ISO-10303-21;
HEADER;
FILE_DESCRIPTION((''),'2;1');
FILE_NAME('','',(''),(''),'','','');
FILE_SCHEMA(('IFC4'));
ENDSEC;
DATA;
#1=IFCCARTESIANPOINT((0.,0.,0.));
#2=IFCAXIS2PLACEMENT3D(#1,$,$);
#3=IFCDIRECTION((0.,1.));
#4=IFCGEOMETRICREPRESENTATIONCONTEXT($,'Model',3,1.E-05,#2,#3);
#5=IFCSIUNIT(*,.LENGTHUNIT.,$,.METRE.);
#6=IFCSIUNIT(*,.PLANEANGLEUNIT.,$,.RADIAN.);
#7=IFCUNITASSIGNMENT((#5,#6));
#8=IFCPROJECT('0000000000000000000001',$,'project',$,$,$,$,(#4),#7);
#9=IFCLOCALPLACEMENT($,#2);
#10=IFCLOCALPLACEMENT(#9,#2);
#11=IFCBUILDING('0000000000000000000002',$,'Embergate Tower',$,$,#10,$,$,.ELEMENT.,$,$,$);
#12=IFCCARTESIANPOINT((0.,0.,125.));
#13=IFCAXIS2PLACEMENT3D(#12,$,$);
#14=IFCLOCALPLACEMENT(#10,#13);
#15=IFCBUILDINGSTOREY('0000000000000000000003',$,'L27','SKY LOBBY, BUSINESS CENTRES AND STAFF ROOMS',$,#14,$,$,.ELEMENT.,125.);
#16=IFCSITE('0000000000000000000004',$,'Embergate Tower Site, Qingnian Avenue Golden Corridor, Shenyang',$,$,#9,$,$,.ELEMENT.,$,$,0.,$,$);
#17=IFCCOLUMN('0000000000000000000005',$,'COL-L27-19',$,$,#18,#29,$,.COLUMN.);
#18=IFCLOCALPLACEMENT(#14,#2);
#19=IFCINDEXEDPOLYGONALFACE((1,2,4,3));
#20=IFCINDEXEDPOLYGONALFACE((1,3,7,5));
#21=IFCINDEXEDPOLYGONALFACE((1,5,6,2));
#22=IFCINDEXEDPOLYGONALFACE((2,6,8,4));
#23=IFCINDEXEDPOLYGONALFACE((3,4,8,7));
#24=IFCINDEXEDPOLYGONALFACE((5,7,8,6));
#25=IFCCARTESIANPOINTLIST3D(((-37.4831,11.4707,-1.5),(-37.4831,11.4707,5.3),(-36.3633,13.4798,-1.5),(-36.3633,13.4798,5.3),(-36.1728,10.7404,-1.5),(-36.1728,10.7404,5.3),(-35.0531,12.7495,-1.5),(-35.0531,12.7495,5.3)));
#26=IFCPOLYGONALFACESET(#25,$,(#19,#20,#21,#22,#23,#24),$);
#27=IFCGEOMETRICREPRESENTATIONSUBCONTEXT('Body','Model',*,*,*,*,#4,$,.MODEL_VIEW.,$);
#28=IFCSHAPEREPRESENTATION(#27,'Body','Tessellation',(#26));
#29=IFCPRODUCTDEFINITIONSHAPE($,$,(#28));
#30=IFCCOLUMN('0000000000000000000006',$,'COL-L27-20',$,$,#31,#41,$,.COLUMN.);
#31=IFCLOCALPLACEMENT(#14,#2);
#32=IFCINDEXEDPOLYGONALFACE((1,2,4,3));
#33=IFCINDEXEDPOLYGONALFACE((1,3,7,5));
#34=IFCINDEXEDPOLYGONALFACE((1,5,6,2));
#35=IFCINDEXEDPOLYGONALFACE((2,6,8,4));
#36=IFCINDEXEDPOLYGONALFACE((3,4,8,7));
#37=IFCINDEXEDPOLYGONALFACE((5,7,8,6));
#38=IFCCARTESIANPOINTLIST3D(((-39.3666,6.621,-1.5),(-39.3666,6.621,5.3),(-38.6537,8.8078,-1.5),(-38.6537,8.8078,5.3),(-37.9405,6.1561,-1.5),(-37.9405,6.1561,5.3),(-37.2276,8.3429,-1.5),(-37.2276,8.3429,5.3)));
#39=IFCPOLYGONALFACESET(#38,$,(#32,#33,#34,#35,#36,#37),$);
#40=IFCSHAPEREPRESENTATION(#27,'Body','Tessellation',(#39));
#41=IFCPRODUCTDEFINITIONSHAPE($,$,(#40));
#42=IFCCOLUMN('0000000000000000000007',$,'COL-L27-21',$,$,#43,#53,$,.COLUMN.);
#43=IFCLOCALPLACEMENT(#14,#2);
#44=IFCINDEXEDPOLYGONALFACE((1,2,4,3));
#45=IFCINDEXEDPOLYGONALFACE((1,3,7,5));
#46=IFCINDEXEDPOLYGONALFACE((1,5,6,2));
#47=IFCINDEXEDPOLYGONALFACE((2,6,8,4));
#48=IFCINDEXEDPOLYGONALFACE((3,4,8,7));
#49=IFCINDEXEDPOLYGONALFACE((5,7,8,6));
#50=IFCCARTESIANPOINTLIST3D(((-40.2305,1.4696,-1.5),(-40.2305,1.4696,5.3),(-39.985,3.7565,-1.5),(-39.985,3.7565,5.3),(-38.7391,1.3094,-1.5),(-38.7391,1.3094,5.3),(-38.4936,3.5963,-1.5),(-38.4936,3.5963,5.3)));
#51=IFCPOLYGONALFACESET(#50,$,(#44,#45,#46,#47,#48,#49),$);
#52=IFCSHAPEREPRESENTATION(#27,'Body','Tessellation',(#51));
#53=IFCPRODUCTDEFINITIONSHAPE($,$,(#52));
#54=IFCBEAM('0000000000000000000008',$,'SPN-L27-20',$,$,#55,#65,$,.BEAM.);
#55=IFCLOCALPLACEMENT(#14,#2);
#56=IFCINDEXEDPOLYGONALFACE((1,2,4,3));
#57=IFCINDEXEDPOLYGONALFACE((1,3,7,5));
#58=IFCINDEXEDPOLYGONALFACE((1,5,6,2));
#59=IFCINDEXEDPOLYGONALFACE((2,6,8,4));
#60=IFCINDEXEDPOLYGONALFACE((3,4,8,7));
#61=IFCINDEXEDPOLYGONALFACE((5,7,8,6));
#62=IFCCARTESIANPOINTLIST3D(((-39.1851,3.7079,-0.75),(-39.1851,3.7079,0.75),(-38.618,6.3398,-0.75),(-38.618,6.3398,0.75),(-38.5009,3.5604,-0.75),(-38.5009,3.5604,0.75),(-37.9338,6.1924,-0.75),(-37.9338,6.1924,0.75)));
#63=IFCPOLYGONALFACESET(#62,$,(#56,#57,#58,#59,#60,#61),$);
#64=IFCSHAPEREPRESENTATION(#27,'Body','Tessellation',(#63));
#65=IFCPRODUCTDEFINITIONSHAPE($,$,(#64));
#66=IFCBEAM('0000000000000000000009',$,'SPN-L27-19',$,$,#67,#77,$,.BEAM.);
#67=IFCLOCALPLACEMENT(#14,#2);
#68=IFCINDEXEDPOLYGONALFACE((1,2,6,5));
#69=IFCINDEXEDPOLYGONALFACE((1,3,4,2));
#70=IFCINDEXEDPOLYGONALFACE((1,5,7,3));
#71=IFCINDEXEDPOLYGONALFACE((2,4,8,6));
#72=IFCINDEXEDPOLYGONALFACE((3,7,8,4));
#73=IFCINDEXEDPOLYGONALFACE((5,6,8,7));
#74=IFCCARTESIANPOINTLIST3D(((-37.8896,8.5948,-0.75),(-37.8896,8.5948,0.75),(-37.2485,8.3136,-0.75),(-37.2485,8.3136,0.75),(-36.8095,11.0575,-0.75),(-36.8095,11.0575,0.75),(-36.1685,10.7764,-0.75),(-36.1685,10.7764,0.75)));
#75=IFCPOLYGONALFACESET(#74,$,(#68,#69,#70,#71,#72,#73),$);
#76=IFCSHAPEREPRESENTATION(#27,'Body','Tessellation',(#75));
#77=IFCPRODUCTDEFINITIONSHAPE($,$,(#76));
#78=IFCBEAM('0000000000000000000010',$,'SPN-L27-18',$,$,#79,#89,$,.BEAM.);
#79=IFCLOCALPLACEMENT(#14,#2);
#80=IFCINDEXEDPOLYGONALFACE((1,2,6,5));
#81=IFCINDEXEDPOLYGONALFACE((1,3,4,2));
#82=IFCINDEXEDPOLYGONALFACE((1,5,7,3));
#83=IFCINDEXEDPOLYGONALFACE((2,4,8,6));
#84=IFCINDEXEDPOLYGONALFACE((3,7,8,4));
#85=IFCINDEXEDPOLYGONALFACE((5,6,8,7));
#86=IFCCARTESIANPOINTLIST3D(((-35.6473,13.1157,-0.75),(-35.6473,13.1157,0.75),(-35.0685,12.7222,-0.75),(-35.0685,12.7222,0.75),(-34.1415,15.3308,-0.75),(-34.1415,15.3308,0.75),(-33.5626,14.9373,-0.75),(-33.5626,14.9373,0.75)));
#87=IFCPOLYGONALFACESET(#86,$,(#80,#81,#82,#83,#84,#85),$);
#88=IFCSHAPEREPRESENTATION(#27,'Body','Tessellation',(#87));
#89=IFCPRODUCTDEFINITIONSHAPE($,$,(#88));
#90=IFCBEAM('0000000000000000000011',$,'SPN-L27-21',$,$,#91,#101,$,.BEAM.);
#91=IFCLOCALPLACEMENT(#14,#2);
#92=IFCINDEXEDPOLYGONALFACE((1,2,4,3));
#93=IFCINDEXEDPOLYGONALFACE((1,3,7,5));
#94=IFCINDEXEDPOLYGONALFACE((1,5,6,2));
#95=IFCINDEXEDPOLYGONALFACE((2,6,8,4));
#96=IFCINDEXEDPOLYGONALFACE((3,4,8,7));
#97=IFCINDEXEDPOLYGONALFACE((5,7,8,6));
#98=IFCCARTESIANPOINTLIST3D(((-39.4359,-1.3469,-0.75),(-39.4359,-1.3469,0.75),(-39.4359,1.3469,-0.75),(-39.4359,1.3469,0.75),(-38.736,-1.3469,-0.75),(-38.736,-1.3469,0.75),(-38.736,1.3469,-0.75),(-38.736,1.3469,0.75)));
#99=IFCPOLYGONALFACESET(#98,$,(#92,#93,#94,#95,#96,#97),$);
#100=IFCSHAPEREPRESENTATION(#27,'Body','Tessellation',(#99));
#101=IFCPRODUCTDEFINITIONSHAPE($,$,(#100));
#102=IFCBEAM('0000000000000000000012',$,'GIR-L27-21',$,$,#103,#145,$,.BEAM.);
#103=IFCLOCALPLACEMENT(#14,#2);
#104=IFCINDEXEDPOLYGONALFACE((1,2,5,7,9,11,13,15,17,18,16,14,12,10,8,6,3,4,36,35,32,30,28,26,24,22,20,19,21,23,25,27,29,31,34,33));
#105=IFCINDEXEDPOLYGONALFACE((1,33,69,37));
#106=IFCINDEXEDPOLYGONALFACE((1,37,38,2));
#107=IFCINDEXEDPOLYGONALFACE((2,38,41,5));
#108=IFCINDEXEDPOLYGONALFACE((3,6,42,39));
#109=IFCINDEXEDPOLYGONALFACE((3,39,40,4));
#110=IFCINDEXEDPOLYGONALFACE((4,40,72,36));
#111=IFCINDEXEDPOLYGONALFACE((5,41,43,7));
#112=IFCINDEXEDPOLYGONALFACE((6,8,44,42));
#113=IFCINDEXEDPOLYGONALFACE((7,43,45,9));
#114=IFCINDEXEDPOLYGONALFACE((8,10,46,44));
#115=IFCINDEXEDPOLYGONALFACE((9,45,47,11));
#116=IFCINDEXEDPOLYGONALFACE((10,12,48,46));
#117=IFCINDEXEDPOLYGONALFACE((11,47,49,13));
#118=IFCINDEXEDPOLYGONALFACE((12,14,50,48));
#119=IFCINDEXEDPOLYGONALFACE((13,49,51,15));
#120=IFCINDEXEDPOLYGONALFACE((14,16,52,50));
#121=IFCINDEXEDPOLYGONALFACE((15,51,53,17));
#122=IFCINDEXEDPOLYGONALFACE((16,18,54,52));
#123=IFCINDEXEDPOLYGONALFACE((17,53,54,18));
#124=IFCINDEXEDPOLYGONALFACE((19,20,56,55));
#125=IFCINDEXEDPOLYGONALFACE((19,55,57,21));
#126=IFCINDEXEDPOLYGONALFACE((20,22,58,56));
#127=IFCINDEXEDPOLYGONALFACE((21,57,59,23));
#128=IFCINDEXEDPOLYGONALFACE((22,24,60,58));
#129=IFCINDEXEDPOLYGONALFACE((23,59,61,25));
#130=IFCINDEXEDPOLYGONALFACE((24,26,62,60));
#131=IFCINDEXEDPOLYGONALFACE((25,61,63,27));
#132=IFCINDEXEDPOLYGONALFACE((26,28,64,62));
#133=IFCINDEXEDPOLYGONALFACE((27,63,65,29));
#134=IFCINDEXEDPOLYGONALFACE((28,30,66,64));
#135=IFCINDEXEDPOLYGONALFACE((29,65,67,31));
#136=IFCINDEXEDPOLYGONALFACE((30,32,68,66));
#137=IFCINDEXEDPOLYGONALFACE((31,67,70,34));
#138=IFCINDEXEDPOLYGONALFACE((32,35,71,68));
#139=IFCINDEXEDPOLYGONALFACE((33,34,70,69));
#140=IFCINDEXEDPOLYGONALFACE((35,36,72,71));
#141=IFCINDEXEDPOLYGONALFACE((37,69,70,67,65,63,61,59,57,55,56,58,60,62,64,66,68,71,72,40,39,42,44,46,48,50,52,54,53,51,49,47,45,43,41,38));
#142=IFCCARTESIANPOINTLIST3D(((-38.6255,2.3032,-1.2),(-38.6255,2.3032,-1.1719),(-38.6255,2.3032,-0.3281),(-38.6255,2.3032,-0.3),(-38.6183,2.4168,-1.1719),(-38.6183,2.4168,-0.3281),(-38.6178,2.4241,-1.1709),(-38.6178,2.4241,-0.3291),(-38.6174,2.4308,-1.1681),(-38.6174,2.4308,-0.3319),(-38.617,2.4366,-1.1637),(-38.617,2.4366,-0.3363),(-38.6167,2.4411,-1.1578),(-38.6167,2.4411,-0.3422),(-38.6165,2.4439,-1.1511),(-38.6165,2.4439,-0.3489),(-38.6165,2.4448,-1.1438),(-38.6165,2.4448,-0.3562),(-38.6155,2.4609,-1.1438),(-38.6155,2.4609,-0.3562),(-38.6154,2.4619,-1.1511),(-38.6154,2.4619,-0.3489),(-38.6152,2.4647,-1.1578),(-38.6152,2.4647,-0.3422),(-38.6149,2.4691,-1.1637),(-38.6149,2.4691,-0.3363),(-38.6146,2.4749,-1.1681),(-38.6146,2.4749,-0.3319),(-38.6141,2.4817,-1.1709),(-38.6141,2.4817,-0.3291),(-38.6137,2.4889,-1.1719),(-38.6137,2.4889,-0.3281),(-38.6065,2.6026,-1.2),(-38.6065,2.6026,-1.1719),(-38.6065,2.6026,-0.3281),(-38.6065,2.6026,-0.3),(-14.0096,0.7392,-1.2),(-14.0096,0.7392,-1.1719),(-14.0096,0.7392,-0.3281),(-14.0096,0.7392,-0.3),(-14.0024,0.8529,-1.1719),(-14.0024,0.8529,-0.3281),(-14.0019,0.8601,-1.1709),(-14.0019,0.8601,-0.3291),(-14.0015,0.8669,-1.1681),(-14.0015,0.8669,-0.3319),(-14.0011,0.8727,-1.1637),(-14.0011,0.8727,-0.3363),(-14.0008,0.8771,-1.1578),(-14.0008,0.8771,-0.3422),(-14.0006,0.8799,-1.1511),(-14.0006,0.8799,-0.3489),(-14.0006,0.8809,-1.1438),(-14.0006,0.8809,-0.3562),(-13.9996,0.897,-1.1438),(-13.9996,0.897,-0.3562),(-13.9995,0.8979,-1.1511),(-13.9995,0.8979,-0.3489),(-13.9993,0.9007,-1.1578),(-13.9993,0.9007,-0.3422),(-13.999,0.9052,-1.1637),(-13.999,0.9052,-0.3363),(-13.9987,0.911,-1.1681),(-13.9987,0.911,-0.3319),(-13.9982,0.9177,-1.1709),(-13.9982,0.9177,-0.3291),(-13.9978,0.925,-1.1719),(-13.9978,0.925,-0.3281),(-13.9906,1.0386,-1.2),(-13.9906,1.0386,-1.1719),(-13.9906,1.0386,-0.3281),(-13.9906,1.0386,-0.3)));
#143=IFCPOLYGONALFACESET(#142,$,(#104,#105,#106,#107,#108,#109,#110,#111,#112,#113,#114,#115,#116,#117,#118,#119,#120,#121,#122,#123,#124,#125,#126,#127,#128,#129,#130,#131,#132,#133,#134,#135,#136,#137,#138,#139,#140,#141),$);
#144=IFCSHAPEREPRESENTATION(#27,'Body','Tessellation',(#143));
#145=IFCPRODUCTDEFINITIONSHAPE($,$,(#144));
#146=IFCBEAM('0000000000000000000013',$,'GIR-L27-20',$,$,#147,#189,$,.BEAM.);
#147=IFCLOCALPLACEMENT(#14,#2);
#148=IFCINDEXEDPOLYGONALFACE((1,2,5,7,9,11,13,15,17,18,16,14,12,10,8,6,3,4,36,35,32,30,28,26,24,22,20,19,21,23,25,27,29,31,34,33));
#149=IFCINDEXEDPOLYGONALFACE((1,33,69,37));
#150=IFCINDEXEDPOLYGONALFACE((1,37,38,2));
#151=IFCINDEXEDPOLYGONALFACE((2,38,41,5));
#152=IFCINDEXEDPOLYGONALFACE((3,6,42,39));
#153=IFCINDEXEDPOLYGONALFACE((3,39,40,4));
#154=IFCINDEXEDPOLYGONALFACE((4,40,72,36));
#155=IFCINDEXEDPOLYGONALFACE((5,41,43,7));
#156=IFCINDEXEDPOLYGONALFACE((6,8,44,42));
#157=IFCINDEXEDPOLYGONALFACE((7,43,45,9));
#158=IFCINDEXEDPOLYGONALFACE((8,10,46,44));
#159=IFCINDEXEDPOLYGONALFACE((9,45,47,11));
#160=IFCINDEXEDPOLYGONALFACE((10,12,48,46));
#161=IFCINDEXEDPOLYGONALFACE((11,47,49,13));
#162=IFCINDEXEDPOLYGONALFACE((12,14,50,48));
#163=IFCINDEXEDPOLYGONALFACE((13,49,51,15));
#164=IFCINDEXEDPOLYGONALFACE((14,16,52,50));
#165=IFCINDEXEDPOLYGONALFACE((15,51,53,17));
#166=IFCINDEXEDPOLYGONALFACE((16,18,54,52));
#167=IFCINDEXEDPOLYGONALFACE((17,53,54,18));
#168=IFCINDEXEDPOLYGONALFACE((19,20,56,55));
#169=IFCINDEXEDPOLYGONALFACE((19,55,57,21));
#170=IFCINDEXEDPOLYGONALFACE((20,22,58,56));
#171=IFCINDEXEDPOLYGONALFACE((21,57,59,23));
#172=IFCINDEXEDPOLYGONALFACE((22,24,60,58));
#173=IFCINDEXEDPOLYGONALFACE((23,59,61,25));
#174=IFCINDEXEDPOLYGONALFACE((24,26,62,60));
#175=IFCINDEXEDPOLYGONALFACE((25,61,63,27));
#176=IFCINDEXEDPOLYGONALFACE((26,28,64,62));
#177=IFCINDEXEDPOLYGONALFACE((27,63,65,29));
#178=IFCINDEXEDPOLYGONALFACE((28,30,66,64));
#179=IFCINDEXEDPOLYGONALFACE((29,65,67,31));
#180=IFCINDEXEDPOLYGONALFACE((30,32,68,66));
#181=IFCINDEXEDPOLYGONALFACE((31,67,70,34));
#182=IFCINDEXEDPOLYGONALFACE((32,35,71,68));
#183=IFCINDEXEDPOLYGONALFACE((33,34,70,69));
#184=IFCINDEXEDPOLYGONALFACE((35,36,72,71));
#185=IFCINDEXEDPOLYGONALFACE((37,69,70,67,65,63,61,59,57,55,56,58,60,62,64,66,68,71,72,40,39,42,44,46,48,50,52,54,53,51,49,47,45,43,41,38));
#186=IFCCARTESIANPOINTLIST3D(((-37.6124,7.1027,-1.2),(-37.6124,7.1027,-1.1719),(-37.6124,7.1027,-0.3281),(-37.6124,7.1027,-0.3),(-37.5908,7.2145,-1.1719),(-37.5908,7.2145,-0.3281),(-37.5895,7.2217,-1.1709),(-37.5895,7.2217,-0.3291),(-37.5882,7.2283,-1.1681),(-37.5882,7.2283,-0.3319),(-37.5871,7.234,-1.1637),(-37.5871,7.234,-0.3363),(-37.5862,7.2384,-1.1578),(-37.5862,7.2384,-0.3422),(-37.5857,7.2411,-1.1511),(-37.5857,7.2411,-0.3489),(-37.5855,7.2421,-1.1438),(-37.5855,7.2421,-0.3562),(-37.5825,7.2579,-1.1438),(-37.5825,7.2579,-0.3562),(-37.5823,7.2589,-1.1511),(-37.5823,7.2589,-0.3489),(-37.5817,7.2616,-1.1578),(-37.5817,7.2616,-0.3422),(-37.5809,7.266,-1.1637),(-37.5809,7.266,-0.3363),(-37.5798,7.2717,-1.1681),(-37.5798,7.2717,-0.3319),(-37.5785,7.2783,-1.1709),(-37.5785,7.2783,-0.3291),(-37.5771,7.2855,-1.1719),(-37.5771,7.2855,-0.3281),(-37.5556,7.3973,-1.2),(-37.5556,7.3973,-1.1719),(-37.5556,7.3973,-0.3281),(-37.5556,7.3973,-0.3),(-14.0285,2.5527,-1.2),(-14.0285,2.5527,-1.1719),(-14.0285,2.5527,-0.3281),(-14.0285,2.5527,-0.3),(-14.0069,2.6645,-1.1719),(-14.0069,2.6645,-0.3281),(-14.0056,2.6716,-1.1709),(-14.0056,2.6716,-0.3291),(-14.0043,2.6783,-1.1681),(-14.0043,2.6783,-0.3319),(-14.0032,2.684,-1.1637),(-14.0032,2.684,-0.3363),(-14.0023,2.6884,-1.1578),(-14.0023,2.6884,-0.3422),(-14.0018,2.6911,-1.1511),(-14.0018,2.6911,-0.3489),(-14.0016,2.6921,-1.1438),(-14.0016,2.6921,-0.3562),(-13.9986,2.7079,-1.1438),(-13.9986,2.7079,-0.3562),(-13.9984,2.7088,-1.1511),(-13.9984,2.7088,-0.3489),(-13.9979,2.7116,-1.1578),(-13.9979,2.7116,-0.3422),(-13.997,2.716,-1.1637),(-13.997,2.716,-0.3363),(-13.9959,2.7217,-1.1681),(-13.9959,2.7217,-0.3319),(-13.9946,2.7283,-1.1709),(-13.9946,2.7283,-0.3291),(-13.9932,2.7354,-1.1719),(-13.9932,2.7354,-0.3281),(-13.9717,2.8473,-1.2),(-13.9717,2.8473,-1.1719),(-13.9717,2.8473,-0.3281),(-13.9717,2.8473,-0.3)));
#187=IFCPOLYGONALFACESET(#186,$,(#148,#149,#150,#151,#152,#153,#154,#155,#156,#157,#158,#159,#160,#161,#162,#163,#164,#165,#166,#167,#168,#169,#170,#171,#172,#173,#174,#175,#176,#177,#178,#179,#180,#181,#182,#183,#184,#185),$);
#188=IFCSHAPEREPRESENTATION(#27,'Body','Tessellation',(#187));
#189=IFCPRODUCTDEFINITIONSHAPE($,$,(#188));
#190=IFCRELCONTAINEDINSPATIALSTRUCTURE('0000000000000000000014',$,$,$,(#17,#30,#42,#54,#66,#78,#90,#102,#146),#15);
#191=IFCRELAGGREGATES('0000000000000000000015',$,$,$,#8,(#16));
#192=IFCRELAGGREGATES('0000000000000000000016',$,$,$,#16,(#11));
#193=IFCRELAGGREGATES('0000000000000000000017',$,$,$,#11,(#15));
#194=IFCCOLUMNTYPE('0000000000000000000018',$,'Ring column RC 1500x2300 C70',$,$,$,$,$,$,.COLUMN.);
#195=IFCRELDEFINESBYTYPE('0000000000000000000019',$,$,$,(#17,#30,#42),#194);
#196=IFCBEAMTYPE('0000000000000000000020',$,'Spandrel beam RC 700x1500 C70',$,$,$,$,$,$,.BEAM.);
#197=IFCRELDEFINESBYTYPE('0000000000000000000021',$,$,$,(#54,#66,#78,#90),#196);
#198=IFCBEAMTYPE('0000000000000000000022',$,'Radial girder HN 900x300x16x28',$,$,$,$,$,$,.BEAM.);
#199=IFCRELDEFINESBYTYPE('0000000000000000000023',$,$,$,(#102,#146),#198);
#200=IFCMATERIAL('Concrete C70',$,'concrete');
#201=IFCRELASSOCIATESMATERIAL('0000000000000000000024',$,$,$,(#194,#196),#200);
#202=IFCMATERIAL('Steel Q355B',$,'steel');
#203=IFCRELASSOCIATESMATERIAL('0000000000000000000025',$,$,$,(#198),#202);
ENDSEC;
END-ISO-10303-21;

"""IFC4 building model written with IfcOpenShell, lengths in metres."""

from ifc_helpers import new_model, si_unit, direction, frame, origin, origin_2d, place, context, subcontext, project, spatial, rectangle, i_section, extrude, source, transform, mapped, material, material_profile, profile_set, type_object, element, save


model = new_model("IFC4")

# Units and contexts
model_context = context("Model", 3, precision=1e-05, world=origin(), true_north=direction((0.0, 1.0)))
body_context = subcontext(model_context, "Body", "Model", "MODEL_VIEW")
ifc_project = project(units=[si_unit("LENGTHUNIT", "METRE"), si_unit("PLANEANGLEUNIT", "RADIAN")], contexts=[model_context])

# Site, building, storey
site_placement = place(None, origin())
site = spatial("IfcSite", under=ifc_project, at=site_placement, Name="Embergate Tower Site, Qingnian Avenue Golden Corridor, Shenyang", CompositionType="ELEMENT", RefElevation=0.0)
building_placement = place(site_placement, origin())
building = spatial("IfcBuilding", under=site, at=building_placement, Name="Embergate Tower", CompositionType="ELEMENT")
storey_placement = place(building_placement, frame((0.0, 0.0, 125.0)))
storey = spatial("IfcBuildingStorey", under=building, at=storey_placement, Name="L27", Description="SKY LOBBY, BUSINESS CENTRES AND STAFF ROOMS", CompositionType="ELEMENT", Elevation=125.0)

# Columns
ifc_material_1 = material(Name="Concrete C70", Category="concrete")
ifc_material_profile_1 = material_profile(ifc_material_1, rectangle(XDim=1.5, YDim=2.3, at=origin_2d()), Name="RC 1500x2300")
ifc_profile_set_1 = profile_set([ifc_material_profile_1], Name="Concrete C70")
column_type = type_object("IfcColumnType", Name="Ring column RC 1500x2300 C70", PredefinedType="COLUMN", material=ifc_profile_set_1)
shared_shape_1 = source(origin(), body_context, "Body", "SweptSolid", [
    extrude(rectangle(XDim=1.5, YDim=2.3, at=origin_2d()), origin(), (0.0, 0.0, 1.0), 6.8),
])
for number, where, z_axis, x_axis, name in (
    (1, (-36.2681, 12.1101, -1.5), (0.0, 0.0, 1.0), (-0.873492, 0.486839, 0.0), "COL-L27-19"),
    (2, (-38.2971, 7.4819, -1.5), (0.0, 0.0, 1.0), (-0.950754, 0.309946, 0.0), "COL-L27-20"),
    (3, (-39.3621, 2.533, -1.5), (0.0, 0.0, 1.0), (-0.994286, 0.10675, 0.0), "COL-L27-21"),
):
    element("IfcColumn", number, at=place(storey_placement, frame(where, z_axis=z_axis, x_axis=x_axis)), inside=storey, type_object=column_type, Name=name, PredefinedType="COLUMN", context=body_context, shape_type="MappedRepresentation", body=[
        mapped(shared_shape_1, transform((0.0, 0.0, 0.0))),
    ])

# Beams
ifc_material_profile_2 = material_profile(ifc_material_1, rectangle(XDim=0.7, YDim=1.5, at=origin_2d()), Name="RC 700x1500")
ifc_profile_set_2 = profile_set([ifc_material_profile_2], Name="Concrete C70")
beam_type_1 = type_object("IfcBeamType", Name="Spandrel beam RC 700x1500 C70", PredefinedType="BEAM", material=ifc_profile_set_2)
shared_shape_2 = source(origin(), body_context, "Body", "SweptSolid", [
    extrude(rectangle(XDim=0.7, YDim=1.5, at=origin_2d()), origin(), (0.0, 0.0, 1.0), 2.6924),
])
beam_1_placement = place(storey_placement, frame((-38.2759, 6.2661, 0.0), z_axis=(-0.210637, -0.977564, 0.0), x_axis=(0.977564, -0.210637, 0.0)))
element("IfcBeam", 4, at=beam_1_placement, inside=storey, type_object=beam_type_1, Name="SPN-L27-20", PredefinedType="BEAM", context=body_context, shape_type="MappedRepresentation", body=[
    mapped(shared_shape_2, transform((0.0, 0.0, 0.0))),
])
shared_shape_3 = source(origin(), body_context, "Body", "SweptSolid", [
    extrude(rectangle(XDim=0.7, YDim=1.5, at=origin_2d()), origin(), (0.0, 0.0, 1.0), 2.6892),
])
beam_2_placement = place(storey_placement, frame((-36.489, 10.917, 0.0), z_axis=(-0.401619, -0.915807, 0.0), x_axis=(0.915807, -0.401619, 0.0)))
element("IfcBeam", 5, at=beam_2_placement, inside=storey, type_object=beam_type_1, Name="SPN-L27-19", PredefinedType="BEAM", context=body_context, shape_type="MappedRepresentation", body=[
    mapped(shared_shape_3, transform((0.0, 0.0, 0.0))),
])
shared_shape_4 = source(origin(), body_context, "Body", "SweptSolid", [
    extrude(rectangle(XDim=0.7, YDim=1.5, at=origin_2d()), origin(), (0.0, 0.0, 1.0), 2.6785),
])
beam_3_placement = place(storey_placement, frame((-33.8521, 15.134, 0.0), z_axis=(-0.562208, -0.826996, 0.0), x_axis=(0.826996, -0.562208, 0.0)))
element("IfcBeam", 6, at=beam_3_placement, inside=storey, type_object=beam_type_1, Name="SPN-L27-18", PredefinedType="BEAM", context=body_context, shape_type="MappedRepresentation", body=[
    mapped(shared_shape_4, transform((0.0, 0.0, 0.0))),
])
shared_shape_5 = source(origin(), body_context, "Body", "SweptSolid", [
    extrude(rectangle(XDim=0.7, YDim=1.5, at=origin_2d()), origin(), (0.0, 0.0, 1.0), 2.6938),
])
beam_4_placement = place(storey_placement, frame((-39.0859, 1.3469, 0.0), z_axis=(0.0, -1.0, 0.0), x_axis=(1.0, 0.0, 0.0)))
element("IfcBeam", 7, at=beam_4_placement, inside=storey, type_object=beam_type_1, Name="SPN-L27-21", PredefinedType="BEAM", context=body_context, shape_type="MappedRepresentation", body=[
    mapped(shared_shape_5, transform((0.0, 0.0, 0.0))),
])
ifc_material_2 = material(Name="Steel Q355B", Category="steel")
ifc_material_profile_3 = material_profile(ifc_material_2, i_section(OverallWidth=0.3, OverallDepth=0.8999, WebThickness=0.0161, FlangeThickness=0.0281, FilletRadius=0.0281, at=origin_2d()), Name="HN 900x300x16x28")
ifc_profile_set_3 = profile_set([ifc_material_profile_3], Name="Steel Q355 grade B")
beam_type_2 = type_object("IfcBeamType", Name="Radial girder HN 900x300x16x28", PredefinedType="BEAM", material=ifc_profile_set_3)
shared_shape_6 = source(origin(), body_context, "Body", "SweptSolid", [
    extrude(i_section(OverallWidth=0.3, OverallDepth=0.8999, WebThickness=0.0161, FlangeThickness=0.0281, FilletRadius=0.0281, at=origin_2d()), origin(), (0.0, 0.0, 1.0), 24.6655),
])
beam_5_placement = place(storey_placement, frame((-38.616, 2.4529, -0.75), z_axis=(0.997988, -0.063407, 0.0), x_axis=(0.063407, 0.997988, 0.0)))
element("IfcBeam", 8, at=beam_5_placement, inside=storey, type_object=beam_type_2, Name="GIR-L27-21", PredefinedType="BEAM", context=body_context, shape_type="MappedRepresentation", body=[
    mapped(shared_shape_6, transform((0.0, 0.0, 0.0))),
])
shared_shape_7 = source(origin(), body_context, "Body", "SweptSolid", [
    extrude(i_section(OverallWidth=0.3, OverallDepth=0.8999, WebThickness=0.0161, FlangeThickness=0.0281, FilletRadius=0.0281, at=origin_2d()), origin(), (0.0, 0.0, 1.0), 24.0188),
])
beam_6_placement = place(storey_placement, frame((-37.584, 7.25, -0.75), z_axis=(0.981893, -0.189436, 0.0), x_axis=(0.189436, 0.981893, 0.0)))
element("IfcBeam", 9, at=beam_6_placement, inside=storey, type_object=beam_type_2, Name="GIR-L27-20", PredefinedType="BEAM", context=body_context, shape_type="MappedRepresentation", body=[
    mapped(shared_shape_7, transform((0.0, 0.0, 0.0))),
])

save(model, "model.ifc")
